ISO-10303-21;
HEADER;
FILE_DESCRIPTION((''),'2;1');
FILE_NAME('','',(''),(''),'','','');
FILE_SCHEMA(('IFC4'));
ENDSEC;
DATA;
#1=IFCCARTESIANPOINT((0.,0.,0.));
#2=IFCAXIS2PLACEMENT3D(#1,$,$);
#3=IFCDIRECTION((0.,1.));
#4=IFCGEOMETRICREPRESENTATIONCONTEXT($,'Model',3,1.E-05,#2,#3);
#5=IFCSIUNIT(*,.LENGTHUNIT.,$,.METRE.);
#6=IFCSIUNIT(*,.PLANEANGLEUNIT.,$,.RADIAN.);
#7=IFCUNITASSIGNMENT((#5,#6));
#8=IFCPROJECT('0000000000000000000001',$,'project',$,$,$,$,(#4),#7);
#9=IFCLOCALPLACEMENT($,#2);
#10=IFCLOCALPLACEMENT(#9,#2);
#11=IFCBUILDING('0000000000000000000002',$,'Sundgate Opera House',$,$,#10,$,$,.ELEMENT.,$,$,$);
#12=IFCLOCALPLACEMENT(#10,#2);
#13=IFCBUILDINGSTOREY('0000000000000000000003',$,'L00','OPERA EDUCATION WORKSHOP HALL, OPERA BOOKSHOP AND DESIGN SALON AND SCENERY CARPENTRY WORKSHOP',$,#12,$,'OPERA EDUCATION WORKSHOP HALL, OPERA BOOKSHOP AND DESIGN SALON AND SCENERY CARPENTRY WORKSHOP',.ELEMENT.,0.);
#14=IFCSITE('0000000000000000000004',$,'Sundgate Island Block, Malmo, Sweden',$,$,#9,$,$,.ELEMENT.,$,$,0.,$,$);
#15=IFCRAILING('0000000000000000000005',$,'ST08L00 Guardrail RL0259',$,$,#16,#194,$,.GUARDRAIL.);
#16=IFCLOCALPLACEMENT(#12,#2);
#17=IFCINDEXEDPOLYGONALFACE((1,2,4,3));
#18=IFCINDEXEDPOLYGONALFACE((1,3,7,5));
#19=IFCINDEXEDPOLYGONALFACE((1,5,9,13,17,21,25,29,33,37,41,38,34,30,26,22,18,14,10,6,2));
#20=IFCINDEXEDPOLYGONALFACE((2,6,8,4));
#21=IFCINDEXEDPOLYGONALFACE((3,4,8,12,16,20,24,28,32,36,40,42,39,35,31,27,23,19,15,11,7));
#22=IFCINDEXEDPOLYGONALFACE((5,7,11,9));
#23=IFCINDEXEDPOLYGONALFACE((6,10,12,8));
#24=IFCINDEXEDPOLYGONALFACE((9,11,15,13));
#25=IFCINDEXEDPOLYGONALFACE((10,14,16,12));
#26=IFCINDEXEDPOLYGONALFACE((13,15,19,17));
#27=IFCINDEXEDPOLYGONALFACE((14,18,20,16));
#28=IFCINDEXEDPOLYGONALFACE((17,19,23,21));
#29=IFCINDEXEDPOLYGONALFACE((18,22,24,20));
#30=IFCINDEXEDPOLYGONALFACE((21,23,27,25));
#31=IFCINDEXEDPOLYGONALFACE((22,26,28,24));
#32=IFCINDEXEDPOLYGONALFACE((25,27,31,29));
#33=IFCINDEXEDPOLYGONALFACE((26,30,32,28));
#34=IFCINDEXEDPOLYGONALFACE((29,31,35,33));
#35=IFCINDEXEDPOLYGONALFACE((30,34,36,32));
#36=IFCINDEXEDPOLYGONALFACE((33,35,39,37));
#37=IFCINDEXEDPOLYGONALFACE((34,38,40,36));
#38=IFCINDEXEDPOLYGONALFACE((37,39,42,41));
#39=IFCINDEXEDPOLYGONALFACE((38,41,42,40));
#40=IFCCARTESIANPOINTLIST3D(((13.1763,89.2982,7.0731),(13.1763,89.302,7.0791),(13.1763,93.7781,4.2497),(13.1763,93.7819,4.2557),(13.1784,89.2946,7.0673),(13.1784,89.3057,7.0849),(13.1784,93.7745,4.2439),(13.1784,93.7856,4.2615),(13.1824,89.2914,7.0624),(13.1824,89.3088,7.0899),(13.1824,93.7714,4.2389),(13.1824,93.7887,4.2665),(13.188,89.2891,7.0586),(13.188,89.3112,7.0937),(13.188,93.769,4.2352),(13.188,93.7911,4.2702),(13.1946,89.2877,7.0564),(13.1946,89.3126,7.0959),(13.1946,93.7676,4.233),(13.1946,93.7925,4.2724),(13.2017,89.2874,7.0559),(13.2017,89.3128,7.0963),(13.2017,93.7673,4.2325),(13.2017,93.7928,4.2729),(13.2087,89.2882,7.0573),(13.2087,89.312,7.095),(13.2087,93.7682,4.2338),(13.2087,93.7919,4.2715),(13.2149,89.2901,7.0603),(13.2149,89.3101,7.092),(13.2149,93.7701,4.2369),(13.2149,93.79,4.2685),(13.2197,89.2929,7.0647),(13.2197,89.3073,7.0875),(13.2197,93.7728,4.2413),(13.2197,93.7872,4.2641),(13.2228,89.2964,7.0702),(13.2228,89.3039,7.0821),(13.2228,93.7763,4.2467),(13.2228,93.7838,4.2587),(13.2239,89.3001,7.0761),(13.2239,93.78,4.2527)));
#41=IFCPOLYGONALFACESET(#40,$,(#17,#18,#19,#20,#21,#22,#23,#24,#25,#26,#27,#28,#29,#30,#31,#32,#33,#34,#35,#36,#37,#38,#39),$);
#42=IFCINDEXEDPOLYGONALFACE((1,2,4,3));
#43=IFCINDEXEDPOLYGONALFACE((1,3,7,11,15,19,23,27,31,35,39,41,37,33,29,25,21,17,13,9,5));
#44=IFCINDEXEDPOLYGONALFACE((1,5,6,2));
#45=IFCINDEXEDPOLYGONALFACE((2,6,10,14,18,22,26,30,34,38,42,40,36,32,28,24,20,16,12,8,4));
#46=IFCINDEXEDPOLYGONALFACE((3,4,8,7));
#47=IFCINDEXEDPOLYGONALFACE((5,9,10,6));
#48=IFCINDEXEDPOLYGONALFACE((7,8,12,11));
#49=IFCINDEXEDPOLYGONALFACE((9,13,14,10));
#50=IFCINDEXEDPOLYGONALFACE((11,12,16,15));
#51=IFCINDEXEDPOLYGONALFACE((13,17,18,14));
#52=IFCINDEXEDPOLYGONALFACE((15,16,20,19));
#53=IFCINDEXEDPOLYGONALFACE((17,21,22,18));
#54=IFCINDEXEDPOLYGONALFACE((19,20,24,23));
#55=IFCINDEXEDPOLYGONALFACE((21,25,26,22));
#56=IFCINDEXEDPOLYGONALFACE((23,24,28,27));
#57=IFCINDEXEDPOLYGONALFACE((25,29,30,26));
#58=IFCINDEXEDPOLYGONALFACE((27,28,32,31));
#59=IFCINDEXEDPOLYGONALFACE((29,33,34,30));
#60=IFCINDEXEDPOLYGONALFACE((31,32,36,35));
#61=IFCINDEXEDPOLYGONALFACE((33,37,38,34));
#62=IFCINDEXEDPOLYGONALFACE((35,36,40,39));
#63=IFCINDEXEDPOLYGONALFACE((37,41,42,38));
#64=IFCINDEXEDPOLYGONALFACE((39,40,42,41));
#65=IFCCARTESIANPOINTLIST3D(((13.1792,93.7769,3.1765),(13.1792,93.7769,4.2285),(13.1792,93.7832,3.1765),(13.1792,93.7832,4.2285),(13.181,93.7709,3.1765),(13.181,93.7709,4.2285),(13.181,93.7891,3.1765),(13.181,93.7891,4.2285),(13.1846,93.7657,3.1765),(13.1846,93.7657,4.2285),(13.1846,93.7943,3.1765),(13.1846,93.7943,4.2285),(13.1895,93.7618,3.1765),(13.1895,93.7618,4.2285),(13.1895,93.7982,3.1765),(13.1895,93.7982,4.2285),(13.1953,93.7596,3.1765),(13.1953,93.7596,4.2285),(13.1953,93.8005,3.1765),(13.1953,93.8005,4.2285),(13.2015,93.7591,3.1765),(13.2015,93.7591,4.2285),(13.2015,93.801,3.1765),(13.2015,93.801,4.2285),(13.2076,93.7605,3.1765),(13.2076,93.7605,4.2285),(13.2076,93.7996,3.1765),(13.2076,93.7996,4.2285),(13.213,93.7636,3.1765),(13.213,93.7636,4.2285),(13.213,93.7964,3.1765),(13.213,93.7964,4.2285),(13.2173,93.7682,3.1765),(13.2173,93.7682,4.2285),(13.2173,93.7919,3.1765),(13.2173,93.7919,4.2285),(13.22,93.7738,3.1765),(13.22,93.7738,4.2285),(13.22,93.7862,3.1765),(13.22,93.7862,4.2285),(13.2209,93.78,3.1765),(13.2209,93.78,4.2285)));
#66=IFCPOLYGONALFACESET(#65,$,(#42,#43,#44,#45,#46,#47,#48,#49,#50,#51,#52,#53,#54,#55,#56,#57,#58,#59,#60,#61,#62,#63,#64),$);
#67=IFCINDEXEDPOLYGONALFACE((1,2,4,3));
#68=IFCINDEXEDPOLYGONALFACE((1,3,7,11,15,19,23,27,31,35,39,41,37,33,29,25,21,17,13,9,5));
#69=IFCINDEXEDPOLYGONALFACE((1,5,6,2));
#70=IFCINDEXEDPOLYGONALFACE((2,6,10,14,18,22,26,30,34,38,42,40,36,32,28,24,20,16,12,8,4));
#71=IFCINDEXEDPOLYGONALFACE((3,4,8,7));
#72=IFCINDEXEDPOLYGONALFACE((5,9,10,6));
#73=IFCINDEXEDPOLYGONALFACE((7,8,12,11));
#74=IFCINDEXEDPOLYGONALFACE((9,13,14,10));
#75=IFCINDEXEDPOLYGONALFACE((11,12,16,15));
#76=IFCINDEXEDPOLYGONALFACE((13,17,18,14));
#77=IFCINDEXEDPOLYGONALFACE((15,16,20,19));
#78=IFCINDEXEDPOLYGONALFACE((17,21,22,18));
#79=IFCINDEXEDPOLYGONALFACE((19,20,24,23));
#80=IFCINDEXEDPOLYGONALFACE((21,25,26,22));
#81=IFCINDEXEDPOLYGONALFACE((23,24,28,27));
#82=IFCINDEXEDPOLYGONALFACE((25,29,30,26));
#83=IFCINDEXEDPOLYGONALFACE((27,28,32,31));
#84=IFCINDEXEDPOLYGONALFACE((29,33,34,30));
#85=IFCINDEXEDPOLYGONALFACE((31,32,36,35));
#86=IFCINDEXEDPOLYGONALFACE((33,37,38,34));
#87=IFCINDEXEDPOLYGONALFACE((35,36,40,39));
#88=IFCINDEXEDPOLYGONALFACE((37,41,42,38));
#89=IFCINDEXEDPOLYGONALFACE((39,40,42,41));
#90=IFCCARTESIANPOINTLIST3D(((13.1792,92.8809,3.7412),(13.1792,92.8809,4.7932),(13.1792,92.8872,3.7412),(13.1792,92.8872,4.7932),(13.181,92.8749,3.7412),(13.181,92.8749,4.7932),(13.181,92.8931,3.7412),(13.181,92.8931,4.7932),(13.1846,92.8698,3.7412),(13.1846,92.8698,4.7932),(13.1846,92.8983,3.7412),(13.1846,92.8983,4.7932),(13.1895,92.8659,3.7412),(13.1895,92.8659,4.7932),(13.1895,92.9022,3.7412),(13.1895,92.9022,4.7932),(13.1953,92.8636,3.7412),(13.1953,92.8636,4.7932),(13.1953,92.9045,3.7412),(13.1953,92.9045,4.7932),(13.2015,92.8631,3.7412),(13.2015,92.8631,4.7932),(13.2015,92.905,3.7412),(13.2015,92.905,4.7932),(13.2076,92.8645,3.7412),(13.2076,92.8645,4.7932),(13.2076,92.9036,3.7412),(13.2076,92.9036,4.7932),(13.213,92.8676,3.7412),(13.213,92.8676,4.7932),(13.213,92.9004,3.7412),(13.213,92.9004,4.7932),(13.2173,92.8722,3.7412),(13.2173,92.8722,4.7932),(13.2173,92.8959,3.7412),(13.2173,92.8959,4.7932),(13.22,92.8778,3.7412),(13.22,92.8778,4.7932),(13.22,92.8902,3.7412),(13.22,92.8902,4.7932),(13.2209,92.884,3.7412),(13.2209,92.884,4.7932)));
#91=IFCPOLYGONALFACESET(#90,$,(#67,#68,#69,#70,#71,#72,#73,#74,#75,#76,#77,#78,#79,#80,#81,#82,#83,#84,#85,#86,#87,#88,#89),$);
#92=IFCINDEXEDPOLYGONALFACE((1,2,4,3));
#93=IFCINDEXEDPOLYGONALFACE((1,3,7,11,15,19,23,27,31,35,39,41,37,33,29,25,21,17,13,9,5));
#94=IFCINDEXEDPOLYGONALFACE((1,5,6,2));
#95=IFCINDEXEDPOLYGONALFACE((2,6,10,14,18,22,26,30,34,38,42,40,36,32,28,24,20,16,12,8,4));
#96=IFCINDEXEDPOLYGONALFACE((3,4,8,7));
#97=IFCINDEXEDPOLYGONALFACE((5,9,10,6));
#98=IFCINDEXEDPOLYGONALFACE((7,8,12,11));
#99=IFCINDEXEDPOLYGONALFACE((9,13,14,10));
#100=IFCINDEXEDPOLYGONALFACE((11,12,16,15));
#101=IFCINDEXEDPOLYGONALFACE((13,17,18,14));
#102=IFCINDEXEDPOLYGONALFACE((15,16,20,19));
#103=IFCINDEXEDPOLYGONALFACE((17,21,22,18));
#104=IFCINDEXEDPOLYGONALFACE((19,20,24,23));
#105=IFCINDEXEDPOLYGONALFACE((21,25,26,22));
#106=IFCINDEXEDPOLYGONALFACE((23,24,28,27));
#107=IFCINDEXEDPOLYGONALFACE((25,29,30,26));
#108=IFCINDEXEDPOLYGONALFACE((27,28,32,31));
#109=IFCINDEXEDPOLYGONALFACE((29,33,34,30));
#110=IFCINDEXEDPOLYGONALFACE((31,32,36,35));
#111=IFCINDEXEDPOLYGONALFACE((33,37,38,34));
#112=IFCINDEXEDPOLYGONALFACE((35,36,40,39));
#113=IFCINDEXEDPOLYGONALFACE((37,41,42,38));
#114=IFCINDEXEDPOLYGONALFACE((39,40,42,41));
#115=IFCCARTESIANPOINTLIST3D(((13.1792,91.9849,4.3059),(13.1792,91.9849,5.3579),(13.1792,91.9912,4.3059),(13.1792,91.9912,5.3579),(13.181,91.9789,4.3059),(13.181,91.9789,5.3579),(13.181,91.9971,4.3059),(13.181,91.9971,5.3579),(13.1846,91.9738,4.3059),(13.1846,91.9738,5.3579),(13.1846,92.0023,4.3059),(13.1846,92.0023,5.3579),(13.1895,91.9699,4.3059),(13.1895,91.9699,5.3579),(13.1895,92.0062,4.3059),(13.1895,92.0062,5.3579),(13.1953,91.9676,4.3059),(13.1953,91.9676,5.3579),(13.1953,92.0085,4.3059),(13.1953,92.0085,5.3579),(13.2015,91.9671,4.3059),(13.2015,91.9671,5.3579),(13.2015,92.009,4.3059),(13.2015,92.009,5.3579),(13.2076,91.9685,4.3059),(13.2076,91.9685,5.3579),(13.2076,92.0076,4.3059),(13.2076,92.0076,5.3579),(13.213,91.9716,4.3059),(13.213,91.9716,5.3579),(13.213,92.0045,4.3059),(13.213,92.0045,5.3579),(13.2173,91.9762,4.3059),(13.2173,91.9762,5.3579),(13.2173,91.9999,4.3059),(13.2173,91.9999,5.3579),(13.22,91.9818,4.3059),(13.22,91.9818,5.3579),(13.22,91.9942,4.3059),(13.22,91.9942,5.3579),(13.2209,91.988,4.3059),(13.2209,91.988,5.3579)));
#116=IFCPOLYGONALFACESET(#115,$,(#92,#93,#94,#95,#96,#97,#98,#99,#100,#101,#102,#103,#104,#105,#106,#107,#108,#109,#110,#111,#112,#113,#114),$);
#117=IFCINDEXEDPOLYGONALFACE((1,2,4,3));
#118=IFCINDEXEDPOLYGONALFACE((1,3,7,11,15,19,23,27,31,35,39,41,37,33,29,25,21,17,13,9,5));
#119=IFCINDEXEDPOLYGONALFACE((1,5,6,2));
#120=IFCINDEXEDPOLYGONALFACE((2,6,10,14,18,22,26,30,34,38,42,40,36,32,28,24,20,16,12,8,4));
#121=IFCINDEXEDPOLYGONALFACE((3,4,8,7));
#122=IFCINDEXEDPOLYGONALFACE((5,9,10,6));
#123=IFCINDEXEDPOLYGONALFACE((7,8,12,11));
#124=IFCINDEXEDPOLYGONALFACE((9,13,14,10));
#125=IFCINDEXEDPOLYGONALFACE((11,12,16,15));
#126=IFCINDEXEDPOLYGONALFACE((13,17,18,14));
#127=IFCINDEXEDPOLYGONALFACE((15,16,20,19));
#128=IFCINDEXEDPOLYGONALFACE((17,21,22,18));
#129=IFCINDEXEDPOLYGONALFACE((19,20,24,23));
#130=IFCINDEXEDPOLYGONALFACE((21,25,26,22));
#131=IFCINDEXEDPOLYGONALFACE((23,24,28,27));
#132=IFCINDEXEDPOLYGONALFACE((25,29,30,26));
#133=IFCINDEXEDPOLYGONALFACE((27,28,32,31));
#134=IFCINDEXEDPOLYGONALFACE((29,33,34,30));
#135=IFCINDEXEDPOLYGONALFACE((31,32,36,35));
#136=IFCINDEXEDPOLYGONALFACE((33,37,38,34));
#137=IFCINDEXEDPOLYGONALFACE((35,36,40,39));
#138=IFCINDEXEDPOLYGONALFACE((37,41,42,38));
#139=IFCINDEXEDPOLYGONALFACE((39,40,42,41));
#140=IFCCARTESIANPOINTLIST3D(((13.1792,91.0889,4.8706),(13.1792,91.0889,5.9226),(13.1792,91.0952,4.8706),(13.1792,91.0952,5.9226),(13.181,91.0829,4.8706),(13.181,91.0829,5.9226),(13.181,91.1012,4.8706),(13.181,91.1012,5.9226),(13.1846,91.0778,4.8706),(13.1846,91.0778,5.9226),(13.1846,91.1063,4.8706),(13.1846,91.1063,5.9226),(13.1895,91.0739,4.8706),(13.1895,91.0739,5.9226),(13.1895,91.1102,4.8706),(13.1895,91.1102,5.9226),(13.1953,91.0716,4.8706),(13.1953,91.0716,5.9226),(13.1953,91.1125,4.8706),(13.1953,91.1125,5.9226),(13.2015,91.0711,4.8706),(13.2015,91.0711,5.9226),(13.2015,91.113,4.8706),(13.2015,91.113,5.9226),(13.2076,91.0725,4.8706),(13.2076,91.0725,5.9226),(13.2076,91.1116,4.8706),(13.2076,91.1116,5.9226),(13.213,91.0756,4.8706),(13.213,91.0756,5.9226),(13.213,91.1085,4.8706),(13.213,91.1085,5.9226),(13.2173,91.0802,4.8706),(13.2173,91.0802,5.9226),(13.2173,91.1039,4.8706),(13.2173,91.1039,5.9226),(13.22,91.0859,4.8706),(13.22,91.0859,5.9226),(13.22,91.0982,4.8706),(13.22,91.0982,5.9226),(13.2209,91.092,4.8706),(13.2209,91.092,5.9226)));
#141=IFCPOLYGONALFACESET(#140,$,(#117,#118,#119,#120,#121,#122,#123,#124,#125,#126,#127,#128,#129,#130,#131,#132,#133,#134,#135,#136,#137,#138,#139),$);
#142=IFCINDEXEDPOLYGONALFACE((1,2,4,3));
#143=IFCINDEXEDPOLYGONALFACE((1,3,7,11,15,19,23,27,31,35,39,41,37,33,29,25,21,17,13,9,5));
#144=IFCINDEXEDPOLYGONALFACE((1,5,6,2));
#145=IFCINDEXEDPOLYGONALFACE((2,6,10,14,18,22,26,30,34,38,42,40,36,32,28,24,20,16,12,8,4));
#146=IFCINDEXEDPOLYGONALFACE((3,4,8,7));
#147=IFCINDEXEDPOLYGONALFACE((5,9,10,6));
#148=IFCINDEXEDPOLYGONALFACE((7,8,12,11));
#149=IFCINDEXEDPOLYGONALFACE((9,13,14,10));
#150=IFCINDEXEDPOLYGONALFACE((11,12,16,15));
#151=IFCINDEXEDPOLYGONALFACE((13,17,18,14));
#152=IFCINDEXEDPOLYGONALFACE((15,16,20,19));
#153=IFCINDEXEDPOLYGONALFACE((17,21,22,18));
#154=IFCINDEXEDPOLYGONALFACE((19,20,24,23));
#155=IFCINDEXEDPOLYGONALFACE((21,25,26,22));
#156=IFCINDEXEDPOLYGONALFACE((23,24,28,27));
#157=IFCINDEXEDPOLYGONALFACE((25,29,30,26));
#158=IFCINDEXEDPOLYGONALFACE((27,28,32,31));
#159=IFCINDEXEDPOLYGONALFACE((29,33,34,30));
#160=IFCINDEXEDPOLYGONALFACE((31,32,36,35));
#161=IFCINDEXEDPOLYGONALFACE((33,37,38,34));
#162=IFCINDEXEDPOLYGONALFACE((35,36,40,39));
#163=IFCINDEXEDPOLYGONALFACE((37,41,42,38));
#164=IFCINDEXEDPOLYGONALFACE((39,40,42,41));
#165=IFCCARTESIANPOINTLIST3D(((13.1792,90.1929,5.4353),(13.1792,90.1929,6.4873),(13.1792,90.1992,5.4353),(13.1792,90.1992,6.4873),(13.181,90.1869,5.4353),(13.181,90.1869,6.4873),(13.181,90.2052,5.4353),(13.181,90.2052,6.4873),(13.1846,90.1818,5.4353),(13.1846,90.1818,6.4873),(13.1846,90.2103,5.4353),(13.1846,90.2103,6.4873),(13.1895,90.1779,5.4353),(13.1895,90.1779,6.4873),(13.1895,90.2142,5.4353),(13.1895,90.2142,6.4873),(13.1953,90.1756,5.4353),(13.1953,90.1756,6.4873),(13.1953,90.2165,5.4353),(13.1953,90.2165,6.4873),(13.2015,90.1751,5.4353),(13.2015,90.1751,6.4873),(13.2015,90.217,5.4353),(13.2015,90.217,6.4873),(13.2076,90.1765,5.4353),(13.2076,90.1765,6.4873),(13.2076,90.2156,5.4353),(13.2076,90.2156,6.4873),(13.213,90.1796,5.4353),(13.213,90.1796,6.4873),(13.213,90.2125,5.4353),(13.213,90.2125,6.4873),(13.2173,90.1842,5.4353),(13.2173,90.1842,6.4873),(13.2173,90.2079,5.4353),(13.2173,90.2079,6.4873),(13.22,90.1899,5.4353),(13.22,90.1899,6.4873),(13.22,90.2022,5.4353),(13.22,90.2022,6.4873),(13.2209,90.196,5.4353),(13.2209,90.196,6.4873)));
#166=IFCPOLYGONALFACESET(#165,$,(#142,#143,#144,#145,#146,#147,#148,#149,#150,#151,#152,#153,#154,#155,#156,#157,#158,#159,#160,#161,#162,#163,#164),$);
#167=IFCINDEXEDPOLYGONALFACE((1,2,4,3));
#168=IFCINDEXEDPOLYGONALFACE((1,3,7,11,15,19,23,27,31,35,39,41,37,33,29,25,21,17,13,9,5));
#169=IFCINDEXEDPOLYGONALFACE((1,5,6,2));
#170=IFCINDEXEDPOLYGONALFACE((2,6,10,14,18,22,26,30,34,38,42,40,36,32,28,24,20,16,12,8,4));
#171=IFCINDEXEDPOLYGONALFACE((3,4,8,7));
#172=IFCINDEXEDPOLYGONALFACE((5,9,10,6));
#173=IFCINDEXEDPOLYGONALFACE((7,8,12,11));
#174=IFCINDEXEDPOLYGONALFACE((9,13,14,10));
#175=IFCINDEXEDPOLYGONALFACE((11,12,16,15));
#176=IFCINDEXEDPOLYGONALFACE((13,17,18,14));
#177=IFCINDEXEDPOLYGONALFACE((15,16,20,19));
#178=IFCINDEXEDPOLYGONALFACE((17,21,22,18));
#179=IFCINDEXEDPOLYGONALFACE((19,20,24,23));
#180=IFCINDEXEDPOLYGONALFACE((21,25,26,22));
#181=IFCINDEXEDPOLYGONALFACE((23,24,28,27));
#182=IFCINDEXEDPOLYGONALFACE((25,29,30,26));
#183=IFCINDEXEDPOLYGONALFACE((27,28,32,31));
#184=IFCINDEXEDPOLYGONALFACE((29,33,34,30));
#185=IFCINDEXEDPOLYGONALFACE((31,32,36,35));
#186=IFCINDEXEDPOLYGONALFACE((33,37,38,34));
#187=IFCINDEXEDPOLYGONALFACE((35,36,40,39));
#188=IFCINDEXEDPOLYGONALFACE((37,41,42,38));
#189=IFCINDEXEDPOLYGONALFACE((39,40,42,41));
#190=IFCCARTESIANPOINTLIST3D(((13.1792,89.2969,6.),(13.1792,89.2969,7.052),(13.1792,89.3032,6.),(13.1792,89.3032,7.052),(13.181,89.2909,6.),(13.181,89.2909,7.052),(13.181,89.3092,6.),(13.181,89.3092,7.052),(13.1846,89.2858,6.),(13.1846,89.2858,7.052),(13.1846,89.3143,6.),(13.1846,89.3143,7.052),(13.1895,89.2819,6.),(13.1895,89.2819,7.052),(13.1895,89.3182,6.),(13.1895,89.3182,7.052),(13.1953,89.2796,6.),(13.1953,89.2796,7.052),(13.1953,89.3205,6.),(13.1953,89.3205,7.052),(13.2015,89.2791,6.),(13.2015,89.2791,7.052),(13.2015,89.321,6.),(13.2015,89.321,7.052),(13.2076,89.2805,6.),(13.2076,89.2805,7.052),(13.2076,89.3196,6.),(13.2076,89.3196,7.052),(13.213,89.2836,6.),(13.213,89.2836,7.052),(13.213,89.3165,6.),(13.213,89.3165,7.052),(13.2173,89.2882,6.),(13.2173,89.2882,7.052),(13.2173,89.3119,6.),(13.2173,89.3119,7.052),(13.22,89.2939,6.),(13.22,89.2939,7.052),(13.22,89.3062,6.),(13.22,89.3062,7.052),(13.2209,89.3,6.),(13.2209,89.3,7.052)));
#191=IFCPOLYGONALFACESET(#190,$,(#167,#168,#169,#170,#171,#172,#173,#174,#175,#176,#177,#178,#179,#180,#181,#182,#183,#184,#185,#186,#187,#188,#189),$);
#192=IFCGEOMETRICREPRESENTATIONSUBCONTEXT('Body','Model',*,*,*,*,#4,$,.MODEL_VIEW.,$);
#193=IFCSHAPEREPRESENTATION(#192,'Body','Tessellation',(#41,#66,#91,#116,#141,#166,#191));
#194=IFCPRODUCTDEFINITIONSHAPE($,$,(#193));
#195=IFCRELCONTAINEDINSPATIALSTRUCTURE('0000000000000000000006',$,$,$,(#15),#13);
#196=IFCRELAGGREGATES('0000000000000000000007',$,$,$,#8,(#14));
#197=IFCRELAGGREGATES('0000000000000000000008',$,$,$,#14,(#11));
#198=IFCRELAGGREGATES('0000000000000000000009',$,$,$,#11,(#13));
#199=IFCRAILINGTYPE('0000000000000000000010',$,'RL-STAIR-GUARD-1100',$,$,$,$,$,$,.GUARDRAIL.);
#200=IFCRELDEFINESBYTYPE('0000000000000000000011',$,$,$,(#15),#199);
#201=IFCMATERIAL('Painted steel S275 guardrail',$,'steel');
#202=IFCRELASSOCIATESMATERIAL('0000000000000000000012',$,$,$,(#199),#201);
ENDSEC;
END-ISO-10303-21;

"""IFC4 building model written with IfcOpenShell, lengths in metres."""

from ifc_helpers import new_model, si_unit, direction, frame, origin, origin_2d, place, context, subcontext, project, spatial, circle, extrude, material, type_object, element, save


model = new_model("IFC4")

# Units and contexts
model_context = context("Model", 3, precision=1e-05, world=origin(), true_north=direction((0.0, 1.0)))
body_context = subcontext(model_context, "Body", "Model", "MODEL_VIEW")
ifc_project = project(units=[si_unit("LENGTHUNIT", "METRE"), si_unit("PLANEANGLEUNIT", "RADIAN")], contexts=[model_context])

# Site, building, storey
site_placement = place(None, origin())
site = spatial("IfcSite", under=ifc_project, at=site_placement, Name="Sundgate Island Block, Malmo, Sweden", CompositionType="ELEMENT", RefElevation=0.0)
building_placement = place(site_placement, origin())
building = spatial("IfcBuilding", under=site, at=building_placement, Name="Sundgate Opera House", CompositionType="ELEMENT")
storey_placement = place(building_placement, origin())
storey = spatial("IfcBuildingStorey", under=building, at=storey_placement, Name="L00", Description="OPERA EDUCATION WORKSHOP HALL, OPERA BOOKSHOP AND DESIGN SALON AND SCENERY CARPENTRY WORKSHOP", LongName="OPERA EDUCATION WORKSHOP HALL, OPERA BOOKSHOP AND DESIGN SALON AND SCENERY CARPENTRY WORKSHOP", CompositionType="ELEMENT", Elevation=0.0)

# Railing
ifc_material_1 = material(Name="Painted steel S275 guardrail", Category="steel")
railing_type_1 = type_object("IfcRailingType", Name="RL-STAIR-GUARD-1100", PredefinedType="GUARDRAIL", material=ifc_material_1)
railing_1_placement = place(storey_placement, frame((13.2, 93.78, 3.1765)))
element("IfcRailing", 1, at=railing_1_placement, inside=storey, type_object=railing_type_1, Name="ST08L00 Guardrail RL0259", PredefinedType="GUARDRAIL", context=body_context, shape_type="SweptSolid", body=[
    extrude(circle(Radius=0.0239, at=origin_2d()), frame((0.0, 0.0, 1.0762), z_axis=(0.0, -0.845998, 0.533186), x_axis=(1.0, 0.0, 0.0)), (0.0, 0.0, 1.0), 5.2954),
    extrude(circle(Radius=0.021, at=origin_2d()), origin(), (0.0, 0.0, 1.0), 1.052),
    extrude(circle(Radius=0.021, at=origin_2d()), frame((0.0, -0.896, 0.5647)), (0.0, 0.0, 1.0), 1.052),
    extrude(circle(Radius=0.021, at=origin_2d()), frame((0.0, -1.792, 1.1294)), (0.0, 0.0, 1.0), 1.052),
    extrude(circle(Radius=0.021, at=origin_2d()), frame((0.0, -2.688, 1.6941)), (0.0, 0.0, 1.0), 1.052),
    extrude(circle(Radius=0.021, at=origin_2d()), frame((0.0, -3.584, 2.2588)), (0.0, 0.0, 1.0), 1.052),
    extrude(circle(Radius=0.021, at=origin_2d()), frame((0.0, -4.48, 2.8235)), (0.0, 0.0, 1.0), 1.052),
])

save(model, "model.ifc")
